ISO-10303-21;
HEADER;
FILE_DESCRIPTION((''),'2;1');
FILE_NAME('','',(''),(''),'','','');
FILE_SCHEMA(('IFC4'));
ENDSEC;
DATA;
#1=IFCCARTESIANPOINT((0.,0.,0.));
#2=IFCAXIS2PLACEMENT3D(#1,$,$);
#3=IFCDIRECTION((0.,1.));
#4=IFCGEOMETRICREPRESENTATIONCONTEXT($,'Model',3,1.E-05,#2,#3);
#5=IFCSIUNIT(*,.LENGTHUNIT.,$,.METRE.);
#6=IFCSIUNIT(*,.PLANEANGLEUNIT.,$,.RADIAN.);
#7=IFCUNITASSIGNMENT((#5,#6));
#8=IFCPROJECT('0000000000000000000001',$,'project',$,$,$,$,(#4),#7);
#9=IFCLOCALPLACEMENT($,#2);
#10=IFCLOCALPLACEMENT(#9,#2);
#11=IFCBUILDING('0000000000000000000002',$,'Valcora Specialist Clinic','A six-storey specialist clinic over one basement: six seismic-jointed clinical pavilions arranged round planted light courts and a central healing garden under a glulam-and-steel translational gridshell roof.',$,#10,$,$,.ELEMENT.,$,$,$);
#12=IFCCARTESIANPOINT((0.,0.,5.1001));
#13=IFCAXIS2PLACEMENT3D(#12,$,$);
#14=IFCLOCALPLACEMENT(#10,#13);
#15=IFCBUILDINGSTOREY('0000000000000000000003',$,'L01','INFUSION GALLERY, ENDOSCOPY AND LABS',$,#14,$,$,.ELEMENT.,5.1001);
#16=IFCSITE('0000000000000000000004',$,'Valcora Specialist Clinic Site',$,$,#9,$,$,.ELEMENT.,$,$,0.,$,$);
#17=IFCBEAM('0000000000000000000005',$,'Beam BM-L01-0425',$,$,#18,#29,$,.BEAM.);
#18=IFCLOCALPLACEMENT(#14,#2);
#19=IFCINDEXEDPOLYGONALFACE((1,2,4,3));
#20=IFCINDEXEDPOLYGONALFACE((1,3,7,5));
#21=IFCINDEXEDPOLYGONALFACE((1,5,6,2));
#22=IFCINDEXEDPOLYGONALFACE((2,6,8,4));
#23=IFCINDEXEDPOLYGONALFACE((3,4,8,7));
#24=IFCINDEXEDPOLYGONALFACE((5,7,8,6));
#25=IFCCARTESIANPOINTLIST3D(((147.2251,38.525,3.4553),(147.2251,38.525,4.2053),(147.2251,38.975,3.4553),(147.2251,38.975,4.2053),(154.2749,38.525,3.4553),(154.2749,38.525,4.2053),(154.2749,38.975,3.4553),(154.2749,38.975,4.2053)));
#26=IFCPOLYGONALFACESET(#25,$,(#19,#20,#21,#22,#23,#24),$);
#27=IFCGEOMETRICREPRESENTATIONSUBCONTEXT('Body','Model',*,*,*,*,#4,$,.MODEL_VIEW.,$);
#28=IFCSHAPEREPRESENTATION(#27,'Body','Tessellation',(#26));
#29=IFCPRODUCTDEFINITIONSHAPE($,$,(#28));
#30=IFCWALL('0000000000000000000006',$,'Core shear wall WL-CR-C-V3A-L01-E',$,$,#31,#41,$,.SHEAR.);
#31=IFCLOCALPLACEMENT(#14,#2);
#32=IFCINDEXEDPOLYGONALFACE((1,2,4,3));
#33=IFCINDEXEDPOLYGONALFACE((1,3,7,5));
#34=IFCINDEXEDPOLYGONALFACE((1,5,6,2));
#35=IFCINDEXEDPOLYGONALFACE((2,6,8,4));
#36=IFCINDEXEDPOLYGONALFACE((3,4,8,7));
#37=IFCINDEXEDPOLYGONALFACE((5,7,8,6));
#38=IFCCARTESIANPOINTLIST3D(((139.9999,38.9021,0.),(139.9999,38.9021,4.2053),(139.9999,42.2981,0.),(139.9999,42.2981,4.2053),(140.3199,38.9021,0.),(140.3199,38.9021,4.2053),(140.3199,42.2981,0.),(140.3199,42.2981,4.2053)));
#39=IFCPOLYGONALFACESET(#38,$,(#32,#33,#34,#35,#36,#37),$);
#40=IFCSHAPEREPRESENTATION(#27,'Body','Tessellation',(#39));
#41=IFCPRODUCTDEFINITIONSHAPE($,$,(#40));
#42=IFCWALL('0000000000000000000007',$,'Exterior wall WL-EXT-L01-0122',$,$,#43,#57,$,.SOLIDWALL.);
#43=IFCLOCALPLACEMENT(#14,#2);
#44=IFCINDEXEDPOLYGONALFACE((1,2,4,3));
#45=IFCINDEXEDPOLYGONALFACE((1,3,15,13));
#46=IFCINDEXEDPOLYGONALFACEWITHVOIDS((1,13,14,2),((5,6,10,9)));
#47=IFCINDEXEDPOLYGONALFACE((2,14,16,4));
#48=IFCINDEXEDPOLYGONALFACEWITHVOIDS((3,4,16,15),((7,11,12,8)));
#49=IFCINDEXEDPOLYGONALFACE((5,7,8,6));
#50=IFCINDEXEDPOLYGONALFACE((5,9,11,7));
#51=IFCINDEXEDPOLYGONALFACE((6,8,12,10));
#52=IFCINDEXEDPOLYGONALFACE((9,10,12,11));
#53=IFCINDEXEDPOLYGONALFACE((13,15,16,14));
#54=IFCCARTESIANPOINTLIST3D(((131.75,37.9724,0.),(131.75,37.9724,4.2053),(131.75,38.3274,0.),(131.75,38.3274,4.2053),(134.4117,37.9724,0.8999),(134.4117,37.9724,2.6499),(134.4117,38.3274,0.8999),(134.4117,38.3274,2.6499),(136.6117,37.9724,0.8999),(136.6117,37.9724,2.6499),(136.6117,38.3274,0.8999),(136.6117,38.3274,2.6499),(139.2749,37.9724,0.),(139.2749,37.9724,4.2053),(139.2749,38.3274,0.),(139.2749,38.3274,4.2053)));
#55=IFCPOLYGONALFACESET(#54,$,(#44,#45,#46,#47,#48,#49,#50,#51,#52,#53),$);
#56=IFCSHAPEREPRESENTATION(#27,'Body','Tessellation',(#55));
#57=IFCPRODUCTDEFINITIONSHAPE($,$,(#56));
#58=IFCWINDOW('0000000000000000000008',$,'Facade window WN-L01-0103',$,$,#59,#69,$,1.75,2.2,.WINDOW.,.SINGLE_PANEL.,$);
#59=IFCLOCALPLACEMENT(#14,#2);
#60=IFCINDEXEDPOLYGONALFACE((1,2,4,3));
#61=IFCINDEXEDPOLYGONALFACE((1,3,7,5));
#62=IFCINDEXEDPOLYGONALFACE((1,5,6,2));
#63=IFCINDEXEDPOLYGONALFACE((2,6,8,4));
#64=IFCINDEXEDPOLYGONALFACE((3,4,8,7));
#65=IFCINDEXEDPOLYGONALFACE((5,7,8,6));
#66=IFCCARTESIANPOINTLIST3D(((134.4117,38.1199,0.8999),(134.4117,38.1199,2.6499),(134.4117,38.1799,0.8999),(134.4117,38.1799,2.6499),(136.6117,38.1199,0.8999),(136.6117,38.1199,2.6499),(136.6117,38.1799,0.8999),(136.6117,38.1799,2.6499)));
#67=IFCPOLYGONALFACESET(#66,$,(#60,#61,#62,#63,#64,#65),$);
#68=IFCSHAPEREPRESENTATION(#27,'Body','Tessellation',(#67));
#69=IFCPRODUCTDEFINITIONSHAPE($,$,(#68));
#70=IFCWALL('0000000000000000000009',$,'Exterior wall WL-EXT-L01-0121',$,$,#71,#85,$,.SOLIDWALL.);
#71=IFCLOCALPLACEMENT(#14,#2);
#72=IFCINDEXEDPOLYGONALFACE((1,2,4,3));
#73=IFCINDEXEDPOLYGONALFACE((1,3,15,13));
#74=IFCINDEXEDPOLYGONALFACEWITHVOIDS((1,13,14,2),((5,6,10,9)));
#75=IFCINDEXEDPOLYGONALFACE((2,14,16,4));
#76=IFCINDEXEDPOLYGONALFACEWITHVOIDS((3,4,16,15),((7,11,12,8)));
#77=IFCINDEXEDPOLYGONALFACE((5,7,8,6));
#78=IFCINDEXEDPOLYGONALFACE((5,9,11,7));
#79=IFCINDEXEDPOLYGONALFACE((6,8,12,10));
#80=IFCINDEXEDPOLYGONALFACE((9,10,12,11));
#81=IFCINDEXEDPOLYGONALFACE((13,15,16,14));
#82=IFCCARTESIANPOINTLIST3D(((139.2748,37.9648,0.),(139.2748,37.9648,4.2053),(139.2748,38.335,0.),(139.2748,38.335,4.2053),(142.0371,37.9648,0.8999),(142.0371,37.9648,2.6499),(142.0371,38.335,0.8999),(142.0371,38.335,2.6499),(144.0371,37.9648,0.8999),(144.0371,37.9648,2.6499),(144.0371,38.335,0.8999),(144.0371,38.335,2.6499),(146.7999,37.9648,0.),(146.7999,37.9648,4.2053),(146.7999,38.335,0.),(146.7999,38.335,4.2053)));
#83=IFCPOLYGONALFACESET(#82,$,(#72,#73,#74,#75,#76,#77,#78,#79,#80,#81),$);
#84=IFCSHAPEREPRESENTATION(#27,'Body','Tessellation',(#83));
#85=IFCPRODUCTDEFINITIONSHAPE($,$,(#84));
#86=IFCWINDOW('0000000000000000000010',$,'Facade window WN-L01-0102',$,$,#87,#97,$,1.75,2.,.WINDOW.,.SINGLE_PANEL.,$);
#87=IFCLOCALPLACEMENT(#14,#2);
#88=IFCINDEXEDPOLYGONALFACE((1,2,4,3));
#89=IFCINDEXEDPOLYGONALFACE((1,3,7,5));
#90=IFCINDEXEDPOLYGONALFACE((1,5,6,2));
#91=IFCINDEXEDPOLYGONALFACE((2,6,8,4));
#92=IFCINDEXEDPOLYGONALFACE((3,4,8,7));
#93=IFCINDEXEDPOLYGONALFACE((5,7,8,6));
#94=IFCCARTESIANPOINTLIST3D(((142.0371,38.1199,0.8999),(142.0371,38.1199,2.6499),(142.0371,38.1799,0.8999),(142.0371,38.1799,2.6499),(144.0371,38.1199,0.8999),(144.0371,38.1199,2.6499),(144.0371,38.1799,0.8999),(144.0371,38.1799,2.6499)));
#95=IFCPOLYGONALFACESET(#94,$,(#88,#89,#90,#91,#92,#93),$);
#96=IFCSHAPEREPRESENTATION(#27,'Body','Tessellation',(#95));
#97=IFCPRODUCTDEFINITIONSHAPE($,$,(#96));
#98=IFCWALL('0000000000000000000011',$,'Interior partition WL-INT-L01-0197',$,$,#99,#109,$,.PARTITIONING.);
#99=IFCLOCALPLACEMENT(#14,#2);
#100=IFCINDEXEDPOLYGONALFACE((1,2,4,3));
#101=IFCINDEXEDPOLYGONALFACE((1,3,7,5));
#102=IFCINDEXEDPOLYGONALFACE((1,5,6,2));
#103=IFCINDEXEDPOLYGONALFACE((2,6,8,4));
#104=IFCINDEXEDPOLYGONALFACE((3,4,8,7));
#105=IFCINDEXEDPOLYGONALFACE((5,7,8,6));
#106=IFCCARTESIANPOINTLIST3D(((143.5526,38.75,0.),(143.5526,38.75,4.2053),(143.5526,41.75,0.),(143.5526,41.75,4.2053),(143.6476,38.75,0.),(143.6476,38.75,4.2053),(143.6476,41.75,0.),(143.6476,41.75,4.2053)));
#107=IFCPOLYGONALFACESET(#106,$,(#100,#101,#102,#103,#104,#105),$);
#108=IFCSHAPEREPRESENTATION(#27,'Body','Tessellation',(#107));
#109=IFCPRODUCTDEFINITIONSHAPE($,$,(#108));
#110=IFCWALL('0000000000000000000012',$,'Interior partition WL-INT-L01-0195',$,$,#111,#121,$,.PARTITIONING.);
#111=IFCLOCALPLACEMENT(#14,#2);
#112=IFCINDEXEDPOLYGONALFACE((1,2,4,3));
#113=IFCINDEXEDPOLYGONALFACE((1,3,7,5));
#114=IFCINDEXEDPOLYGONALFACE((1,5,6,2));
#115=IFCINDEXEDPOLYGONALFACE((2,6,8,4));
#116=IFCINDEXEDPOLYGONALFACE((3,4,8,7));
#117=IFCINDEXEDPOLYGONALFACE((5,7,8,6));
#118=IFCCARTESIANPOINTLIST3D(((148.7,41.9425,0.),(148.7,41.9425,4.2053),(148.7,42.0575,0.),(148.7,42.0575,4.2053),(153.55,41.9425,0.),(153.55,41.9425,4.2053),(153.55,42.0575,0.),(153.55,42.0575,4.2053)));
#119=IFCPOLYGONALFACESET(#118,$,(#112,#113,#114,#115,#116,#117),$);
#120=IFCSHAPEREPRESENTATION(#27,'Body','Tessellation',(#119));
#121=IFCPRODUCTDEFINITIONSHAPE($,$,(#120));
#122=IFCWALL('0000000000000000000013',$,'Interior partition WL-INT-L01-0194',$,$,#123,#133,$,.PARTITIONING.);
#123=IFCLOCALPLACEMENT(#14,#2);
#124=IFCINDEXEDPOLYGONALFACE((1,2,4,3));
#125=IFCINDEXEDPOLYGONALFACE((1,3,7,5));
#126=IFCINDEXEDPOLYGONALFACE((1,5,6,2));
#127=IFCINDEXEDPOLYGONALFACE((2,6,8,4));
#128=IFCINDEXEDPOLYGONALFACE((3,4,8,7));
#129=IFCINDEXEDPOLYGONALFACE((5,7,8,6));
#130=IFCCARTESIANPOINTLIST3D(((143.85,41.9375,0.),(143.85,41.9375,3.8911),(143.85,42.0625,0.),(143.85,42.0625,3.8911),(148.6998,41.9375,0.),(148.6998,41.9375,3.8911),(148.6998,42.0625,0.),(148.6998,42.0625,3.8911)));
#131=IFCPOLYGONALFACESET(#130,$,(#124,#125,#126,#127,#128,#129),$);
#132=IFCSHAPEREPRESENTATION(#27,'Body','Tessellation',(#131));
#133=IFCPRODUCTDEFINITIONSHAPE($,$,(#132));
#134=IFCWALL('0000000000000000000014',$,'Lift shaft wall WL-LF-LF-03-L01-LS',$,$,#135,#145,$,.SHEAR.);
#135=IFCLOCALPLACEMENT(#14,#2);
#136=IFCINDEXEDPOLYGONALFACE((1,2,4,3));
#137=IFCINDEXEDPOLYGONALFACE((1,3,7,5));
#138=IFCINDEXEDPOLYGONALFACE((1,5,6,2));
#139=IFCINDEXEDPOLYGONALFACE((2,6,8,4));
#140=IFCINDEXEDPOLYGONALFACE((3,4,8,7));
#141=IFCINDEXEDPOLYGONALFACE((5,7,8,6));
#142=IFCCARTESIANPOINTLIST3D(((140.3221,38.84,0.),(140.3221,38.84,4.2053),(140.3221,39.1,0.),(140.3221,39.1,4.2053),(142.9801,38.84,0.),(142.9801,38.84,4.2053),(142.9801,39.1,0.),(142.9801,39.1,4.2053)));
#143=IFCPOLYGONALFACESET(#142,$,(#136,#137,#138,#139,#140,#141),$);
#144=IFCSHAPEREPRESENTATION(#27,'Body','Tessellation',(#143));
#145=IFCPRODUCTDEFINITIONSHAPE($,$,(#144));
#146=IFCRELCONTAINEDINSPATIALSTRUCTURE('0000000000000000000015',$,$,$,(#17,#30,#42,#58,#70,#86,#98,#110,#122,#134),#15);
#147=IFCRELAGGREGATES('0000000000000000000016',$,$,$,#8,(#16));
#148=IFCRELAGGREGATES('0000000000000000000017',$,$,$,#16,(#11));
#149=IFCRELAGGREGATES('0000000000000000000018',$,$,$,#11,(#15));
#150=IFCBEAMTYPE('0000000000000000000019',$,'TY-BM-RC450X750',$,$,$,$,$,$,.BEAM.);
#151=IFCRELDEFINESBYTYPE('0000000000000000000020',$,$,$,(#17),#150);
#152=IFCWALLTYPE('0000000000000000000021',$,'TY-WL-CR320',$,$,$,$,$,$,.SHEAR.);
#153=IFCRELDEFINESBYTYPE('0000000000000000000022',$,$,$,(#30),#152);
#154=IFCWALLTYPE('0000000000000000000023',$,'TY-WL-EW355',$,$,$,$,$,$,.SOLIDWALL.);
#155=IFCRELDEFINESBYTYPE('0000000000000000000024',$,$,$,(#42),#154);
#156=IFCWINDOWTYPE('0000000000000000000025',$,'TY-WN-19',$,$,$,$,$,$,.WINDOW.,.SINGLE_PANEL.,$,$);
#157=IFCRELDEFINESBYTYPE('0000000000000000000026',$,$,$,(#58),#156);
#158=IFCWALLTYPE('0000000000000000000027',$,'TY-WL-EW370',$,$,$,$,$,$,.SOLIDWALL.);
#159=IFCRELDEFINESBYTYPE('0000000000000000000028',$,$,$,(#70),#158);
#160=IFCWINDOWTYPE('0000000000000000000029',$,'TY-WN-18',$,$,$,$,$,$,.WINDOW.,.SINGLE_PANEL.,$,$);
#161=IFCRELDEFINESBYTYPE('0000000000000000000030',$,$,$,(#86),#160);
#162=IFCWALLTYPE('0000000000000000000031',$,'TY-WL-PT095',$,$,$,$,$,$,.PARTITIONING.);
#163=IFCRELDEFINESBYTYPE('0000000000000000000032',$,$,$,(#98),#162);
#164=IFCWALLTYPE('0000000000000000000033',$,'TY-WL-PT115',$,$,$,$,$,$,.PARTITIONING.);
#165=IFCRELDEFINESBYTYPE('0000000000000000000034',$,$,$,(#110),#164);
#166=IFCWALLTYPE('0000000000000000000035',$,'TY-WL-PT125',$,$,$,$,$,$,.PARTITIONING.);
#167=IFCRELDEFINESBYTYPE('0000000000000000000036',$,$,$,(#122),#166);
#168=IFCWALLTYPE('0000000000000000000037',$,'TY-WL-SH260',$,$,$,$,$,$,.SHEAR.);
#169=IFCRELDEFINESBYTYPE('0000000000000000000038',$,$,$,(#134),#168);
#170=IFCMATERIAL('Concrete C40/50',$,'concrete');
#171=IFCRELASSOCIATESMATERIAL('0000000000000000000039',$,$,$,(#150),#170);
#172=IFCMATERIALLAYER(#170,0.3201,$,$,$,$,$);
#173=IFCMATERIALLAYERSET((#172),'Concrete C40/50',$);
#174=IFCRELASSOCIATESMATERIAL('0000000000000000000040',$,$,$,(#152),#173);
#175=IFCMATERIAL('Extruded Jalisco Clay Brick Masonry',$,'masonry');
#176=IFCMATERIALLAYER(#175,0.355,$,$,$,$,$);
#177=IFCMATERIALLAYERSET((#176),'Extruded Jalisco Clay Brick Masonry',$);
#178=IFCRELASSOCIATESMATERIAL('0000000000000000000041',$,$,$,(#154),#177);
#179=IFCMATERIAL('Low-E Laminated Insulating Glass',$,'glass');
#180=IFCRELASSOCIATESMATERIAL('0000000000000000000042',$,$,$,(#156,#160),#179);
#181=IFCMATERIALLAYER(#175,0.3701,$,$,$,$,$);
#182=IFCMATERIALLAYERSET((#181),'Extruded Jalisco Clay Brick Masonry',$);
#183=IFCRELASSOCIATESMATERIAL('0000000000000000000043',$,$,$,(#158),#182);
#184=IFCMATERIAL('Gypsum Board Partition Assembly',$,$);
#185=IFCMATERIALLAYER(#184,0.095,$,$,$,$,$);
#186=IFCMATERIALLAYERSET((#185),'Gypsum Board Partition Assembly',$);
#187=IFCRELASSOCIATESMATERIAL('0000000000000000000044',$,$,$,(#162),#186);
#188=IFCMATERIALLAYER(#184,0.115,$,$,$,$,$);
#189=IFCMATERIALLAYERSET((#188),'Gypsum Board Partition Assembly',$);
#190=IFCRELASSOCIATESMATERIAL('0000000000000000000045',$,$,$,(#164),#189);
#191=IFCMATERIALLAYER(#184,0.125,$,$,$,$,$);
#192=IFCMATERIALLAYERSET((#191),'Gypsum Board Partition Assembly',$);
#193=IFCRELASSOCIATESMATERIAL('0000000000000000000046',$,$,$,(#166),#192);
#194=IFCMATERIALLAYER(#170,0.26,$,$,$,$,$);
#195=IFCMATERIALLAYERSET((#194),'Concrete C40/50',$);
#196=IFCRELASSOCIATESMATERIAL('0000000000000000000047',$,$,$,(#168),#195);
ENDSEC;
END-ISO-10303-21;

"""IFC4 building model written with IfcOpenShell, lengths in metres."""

from ifc_helpers import new_model, si_unit, direction, frame, frame_2d, origin, origin_2d, place, context, subcontext, project, spatial, rectangle, extrude, material, layer, layer_set, material_profile, profile_set, type_object, element, fill, save


model = new_model("IFC4")

# Units and contexts
model_context = context("Model", 3, precision=1e-05, world=origin(), true_north=direction((0.0, 1.0)))
body_context = subcontext(model_context, "Body", "Model", "MODEL_VIEW")
ifc_project = project(units=[si_unit("LENGTHUNIT", "METRE"), si_unit("PLANEANGLEUNIT", "RADIAN")], contexts=[model_context])

# Site, building, storey
site_placement = place(None, origin())
site = spatial("IfcSite", under=ifc_project, at=site_placement, Name="Valcora Specialist Clinic Site", CompositionType="ELEMENT", RefElevation=0.0)
building_placement = place(site_placement, origin())
building = spatial("IfcBuilding", under=site, at=building_placement, Name="Valcora Specialist Clinic", Description="A six-storey specialist clinic over one basement: six seismic-jointed clinical pavilions arranged round planted light courts and a central healing garden under a glulam-and-steel translational gridshell roof.", CompositionType="ELEMENT")
storey_placement = place(building_placement, frame((0.0, 0.0, 5.1001)))
storey = spatial("IfcBuildingStorey", under=building, at=storey_placement, Name="L01", Description="INFUSION GALLERY, ENDOSCOPY AND LABS", CompositionType="ELEMENT", Elevation=5.1001)

# Shared definitions
ifc_material_1 = material(Name="Concrete C40/50", Category="concrete")

# Beam
ifc_material_profile_1 = material_profile(ifc_material_1, rectangle(XDim=0.45, YDim=0.75, at=origin_2d()), Name="RC-BM-450X750")
ifc_profile_set_1 = profile_set([ifc_material_profile_1], Name="Concrete C40/50")
beam_type_1 = type_object("IfcBeamType", Name="TY-BM-RC450X750", PredefinedType="BEAM", material=ifc_profile_set_1)
beam_1_placement = place(storey_placement, frame((147.2251, 38.75, 3.8303), z_axis=(1.0, 0.0, 0.0), x_axis=(0.0, 1.0, 0.0)))
element("IfcBeam", 1, at=beam_1_placement, inside=storey, type_object=beam_type_1, Name="Beam BM-L01-0425", PredefinedType="BEAM", context=body_context, shape_type="SweptSolid", body=[
    extrude(rectangle(XDim=0.45, YDim=0.75, at=origin_2d()), origin(), (0.0, 0.0, 1.0), 7.0498),
])

# Wall
ifc_layer_1 = layer(ifc_material_1, 0.3201)
ifc_layer_set_1 = layer_set([ifc_layer_1], Name="Concrete C40/50")
wall_type_1 = type_object("IfcWallType", Name="TY-WL-CR320", PredefinedType="SHEAR", material=ifc_layer_set_1)
wall_1_placement = place(storey_placement, frame((140.1599, 38.9021, 0.0), z_axis=(0.0, 0.0, 1.0), x_axis=(0.0, 1.0, 0.0)))
element("IfcWall", 2, at=wall_1_placement, inside=storey, type_object=wall_type_1, Name="Core shear wall WL-CR-C-V3A-L01-E", PredefinedType="SHEAR", context=body_context, shape_type="SweptSolid", body=[
    extrude(rectangle(XDim=3.396, YDim=0.3201, at=frame_2d((1.698, 0.0))), origin(), (0.0, 0.0, 1.0), 4.2053),
])

# Walls, openings, windows
ifc_material_2 = material(Name="Extruded Jalisco Clay Brick Masonry", Category="masonry")
ifc_layer_2 = layer(ifc_material_2, 0.355)
ifc_layer_set_2 = layer_set([ifc_layer_2], Name="Extruded Jalisco Clay Brick Masonry")
wall_type_2 = type_object("IfcWallType", Name="TY-WL-EW355", PredefinedType="SOLIDWALL", material=ifc_layer_set_2)
wall_2_placement = place(storey_placement, frame((139.2749, 38.1499, 0.0), z_axis=(0.0, 0.0, 1.0), x_axis=(-1.0, 0.0, 0.0)))
wall_2 = element("IfcWall", 3, at=wall_2_placement, inside=storey, type_object=wall_type_2, Name="Exterior wall WL-EXT-L01-0122", PredefinedType="SOLIDWALL", context=body_context, shape_type="SweptSolid", body=[
    extrude(rectangle(XDim=7.5249, YDim=0.355, at=frame_2d((3.7625, 0.0))), origin(), (0.0, 0.0, 1.0), 4.2053),
])
opening_1_placement = place(wall_2_placement, frame((2.6631, 0.0, 0.8999)))
opening_1 = element("IfcOpeningElement", 4, at=opening_1_placement, cuts=wall_2, PredefinedType="OPENING", context=body_context, shape_type="SweptSolid", body=[
    extrude(rectangle(XDim=2.2, YDim=1.75, at=frame_2d((1.1001, 0.875))), frame((0.0, 0.1875, 0.0), z_axis=(0.0, -1.0, 0.0), x_axis=(1.0, 0.0, 0.0)), (0.0, 0.0, 1.0), 0.375),
])
ifc_material_3 = material(Name="Low-E Laminated Insulating Glass", Category="glass")
window_type_1 = type_object("IfcWindowType", Name="TY-WN-19", PartitioningType="SINGLE_PANEL", PredefinedType="WINDOW", material=ifc_material_3)
window_1_placement = place(opening_1_placement, origin())
window_1 = element("IfcWindow", 5, at=window_1_placement, inside=storey, type_object=window_type_1, Name="Facade window WN-L01-0103", OverallHeight=1.75, OverallWidth=2.2, PartitioningType="SINGLE_PANEL", PredefinedType="WINDOW", context=body_context, shape_type="SweptSolid", body=[
    extrude(rectangle(XDim=2.2, YDim=1.75, at=frame_2d((1.1001, 0.875))), frame((0.0, 0.03, 0.0), z_axis=(0.0, -1.0, 0.0), x_axis=(1.0, 0.0, 0.0)), (0.0, 0.0, 1.0), 0.0601),
])
fill(opening_1, window_1)
ifc_layer_3 = layer(ifc_material_2, 0.3701)
ifc_layer_set_3 = layer_set([ifc_layer_3], Name="Extruded Jalisco Clay Brick Masonry")
wall_type_3 = type_object("IfcWallType", Name="TY-WL-EW370", PredefinedType="SOLIDWALL", material=ifc_layer_set_3)
wall_3_placement = place(storey_placement, frame((146.8, 38.1499, 0.0), z_axis=(0.0, 0.0, 1.0), x_axis=(-1.0, 0.0, 0.0)))
wall_3 = element("IfcWall", 6, at=wall_3_placement, inside=storey, type_object=wall_type_3, Name="Exterior wall WL-EXT-L01-0121", PredefinedType="SOLIDWALL", context=body_context, shape_type="SweptSolid", body=[
    extrude(rectangle(XDim=7.5251, YDim=0.3701, at=frame_2d((3.7627, 0.0))), origin(), (0.0, 0.0, 1.0), 4.2053),
])
opening_2_placement = place(wall_3_placement, frame((2.7629, 0.0, 0.8999)))
opening_2 = element("IfcOpeningElement", 7, at=opening_2_placement, cuts=wall_3, PredefinedType="OPENING", context=body_context, shape_type="SweptSolid", body=[
    extrude(rectangle(XDim=2.0, YDim=1.75, at=frame_2d((1.0, 0.875))), frame((0.0, 0.1951, 0.0), z_axis=(0.0, -1.0, 0.0), x_axis=(1.0, 0.0, 0.0)), (0.0, 0.0, 1.0), 0.3901),
])
window_type_2 = type_object("IfcWindowType", Name="TY-WN-18", PartitioningType="SINGLE_PANEL", PredefinedType="WINDOW", material=ifc_material_3)
window_2_placement = place(opening_2_placement, origin())
window_2 = element("IfcWindow", 8, at=window_2_placement, inside=storey, type_object=window_type_2, Name="Facade window WN-L01-0102", OverallHeight=1.75, OverallWidth=2.0, PartitioningType="SINGLE_PANEL", PredefinedType="WINDOW", context=body_context, shape_type="SweptSolid", body=[
    extrude(rectangle(XDim=2.0, YDim=1.75, at=frame_2d((1.0, 0.875))), frame((0.0, 0.03, 0.0), z_axis=(0.0, -1.0, 0.0), x_axis=(1.0, 0.0, 0.0)), (0.0, 0.0, 1.0), 0.0601),
])
fill(opening_2, window_2)

# Walls
ifc_material_4 = material(Name="Gypsum Board Partition Assembly")
ifc_layer_4 = layer(ifc_material_4, 0.095)
ifc_layer_set_4 = layer_set([ifc_layer_4], Name="Gypsum Board Partition Assembly")
wall_type_4 = type_object("IfcWallType", Name="TY-WL-PT095", PredefinedType="PARTITIONING", material=ifc_layer_set_4)
wall_4_placement = place(storey_placement, frame((143.6001, 38.75, 0.0), z_axis=(0.0, 0.0, 1.0), x_axis=(0.0, 1.0, 0.0)))
element("IfcWall", 9, at=wall_4_placement, inside=storey, type_object=wall_type_4, Name="Interior partition WL-INT-L01-0197", PredefinedType="PARTITIONING", context=body_context, shape_type="SweptSolid", body=[
    extrude(rectangle(XDim=3.0, YDim=0.095, at=frame_2d((1.5, 0.0))), origin(), (0.0, 0.0, 1.0), 4.2053),
])
ifc_layer_5 = layer(ifc_material_4, 0.115)
ifc_layer_set_5 = layer_set([ifc_layer_5], Name="Gypsum Board Partition Assembly")
wall_type_5 = type_object("IfcWallType", Name="TY-WL-PT115", PredefinedType="PARTITIONING", material=ifc_layer_set_5)
wall_5_placement = place(storey_placement, frame((148.7, 42.0, 0.0), z_axis=(0.0, 0.0, 1.0), x_axis=(1.0, 0.0, 0.0)))
element("IfcWall", 10, at=wall_5_placement, inside=storey, type_object=wall_type_5, Name="Interior partition WL-INT-L01-0195", PredefinedType="PARTITIONING", context=body_context, shape_type="SweptSolid", body=[
    extrude(rectangle(XDim=4.8501, YDim=0.115, at=frame_2d((2.425, 0.0))), origin(), (0.0, 0.0, 1.0), 4.2053),
])
ifc_layer_6 = layer(ifc_material_4, 0.125)
ifc_layer_set_6 = layer_set([ifc_layer_6], Name="Gypsum Board Partition Assembly")
wall_type_6 = type_object("IfcWallType", Name="TY-WL-PT125", PredefinedType="PARTITIONING", material=ifc_layer_set_6)
wall_6_placement = place(storey_placement, frame((143.8501, 42.0, 0.0), z_axis=(0.0, 0.0, 1.0), x_axis=(1.0, 0.0, 0.0)))
element("IfcWall", 11, at=wall_6_placement, inside=storey, type_object=wall_type_6, Name="Interior partition WL-INT-L01-0194", PredefinedType="PARTITIONING", context=body_context, shape_type="SweptSolid", body=[
    extrude(rectangle(XDim=4.8499, YDim=0.125, at=frame_2d((2.4248, 0.0))), origin(), (0.0, 0.0, 1.0), 3.8911),
])
ifc_layer_7 = layer(ifc_material_1, 0.26)
ifc_layer_set_7 = layer_set([ifc_layer_7], Name="Concrete C40/50")
wall_type_7 = type_object("IfcWallType", Name="TY-WL-SH260", PredefinedType="SHEAR", material=ifc_layer_set_7)
wall_7_placement = place(storey_placement, frame((140.322, 38.97, 0.0), z_axis=(0.0, 0.0, 1.0), x_axis=(1.0, 0.0, 0.0)))
element("IfcWall", 12, at=wall_7_placement, inside=storey, type_object=wall_type_7, Name="Lift shaft wall WL-LF-LF-03-L01-LS", PredefinedType="SHEAR", context=body_context, shape_type="SweptSolid", body=[
    extrude(rectangle(XDim=2.658, YDim=0.26, at=frame_2d((1.3291, 0.0))), origin(), (0.0, 0.0, 1.0), 4.2053),
])

save(model, "model.ifc")
